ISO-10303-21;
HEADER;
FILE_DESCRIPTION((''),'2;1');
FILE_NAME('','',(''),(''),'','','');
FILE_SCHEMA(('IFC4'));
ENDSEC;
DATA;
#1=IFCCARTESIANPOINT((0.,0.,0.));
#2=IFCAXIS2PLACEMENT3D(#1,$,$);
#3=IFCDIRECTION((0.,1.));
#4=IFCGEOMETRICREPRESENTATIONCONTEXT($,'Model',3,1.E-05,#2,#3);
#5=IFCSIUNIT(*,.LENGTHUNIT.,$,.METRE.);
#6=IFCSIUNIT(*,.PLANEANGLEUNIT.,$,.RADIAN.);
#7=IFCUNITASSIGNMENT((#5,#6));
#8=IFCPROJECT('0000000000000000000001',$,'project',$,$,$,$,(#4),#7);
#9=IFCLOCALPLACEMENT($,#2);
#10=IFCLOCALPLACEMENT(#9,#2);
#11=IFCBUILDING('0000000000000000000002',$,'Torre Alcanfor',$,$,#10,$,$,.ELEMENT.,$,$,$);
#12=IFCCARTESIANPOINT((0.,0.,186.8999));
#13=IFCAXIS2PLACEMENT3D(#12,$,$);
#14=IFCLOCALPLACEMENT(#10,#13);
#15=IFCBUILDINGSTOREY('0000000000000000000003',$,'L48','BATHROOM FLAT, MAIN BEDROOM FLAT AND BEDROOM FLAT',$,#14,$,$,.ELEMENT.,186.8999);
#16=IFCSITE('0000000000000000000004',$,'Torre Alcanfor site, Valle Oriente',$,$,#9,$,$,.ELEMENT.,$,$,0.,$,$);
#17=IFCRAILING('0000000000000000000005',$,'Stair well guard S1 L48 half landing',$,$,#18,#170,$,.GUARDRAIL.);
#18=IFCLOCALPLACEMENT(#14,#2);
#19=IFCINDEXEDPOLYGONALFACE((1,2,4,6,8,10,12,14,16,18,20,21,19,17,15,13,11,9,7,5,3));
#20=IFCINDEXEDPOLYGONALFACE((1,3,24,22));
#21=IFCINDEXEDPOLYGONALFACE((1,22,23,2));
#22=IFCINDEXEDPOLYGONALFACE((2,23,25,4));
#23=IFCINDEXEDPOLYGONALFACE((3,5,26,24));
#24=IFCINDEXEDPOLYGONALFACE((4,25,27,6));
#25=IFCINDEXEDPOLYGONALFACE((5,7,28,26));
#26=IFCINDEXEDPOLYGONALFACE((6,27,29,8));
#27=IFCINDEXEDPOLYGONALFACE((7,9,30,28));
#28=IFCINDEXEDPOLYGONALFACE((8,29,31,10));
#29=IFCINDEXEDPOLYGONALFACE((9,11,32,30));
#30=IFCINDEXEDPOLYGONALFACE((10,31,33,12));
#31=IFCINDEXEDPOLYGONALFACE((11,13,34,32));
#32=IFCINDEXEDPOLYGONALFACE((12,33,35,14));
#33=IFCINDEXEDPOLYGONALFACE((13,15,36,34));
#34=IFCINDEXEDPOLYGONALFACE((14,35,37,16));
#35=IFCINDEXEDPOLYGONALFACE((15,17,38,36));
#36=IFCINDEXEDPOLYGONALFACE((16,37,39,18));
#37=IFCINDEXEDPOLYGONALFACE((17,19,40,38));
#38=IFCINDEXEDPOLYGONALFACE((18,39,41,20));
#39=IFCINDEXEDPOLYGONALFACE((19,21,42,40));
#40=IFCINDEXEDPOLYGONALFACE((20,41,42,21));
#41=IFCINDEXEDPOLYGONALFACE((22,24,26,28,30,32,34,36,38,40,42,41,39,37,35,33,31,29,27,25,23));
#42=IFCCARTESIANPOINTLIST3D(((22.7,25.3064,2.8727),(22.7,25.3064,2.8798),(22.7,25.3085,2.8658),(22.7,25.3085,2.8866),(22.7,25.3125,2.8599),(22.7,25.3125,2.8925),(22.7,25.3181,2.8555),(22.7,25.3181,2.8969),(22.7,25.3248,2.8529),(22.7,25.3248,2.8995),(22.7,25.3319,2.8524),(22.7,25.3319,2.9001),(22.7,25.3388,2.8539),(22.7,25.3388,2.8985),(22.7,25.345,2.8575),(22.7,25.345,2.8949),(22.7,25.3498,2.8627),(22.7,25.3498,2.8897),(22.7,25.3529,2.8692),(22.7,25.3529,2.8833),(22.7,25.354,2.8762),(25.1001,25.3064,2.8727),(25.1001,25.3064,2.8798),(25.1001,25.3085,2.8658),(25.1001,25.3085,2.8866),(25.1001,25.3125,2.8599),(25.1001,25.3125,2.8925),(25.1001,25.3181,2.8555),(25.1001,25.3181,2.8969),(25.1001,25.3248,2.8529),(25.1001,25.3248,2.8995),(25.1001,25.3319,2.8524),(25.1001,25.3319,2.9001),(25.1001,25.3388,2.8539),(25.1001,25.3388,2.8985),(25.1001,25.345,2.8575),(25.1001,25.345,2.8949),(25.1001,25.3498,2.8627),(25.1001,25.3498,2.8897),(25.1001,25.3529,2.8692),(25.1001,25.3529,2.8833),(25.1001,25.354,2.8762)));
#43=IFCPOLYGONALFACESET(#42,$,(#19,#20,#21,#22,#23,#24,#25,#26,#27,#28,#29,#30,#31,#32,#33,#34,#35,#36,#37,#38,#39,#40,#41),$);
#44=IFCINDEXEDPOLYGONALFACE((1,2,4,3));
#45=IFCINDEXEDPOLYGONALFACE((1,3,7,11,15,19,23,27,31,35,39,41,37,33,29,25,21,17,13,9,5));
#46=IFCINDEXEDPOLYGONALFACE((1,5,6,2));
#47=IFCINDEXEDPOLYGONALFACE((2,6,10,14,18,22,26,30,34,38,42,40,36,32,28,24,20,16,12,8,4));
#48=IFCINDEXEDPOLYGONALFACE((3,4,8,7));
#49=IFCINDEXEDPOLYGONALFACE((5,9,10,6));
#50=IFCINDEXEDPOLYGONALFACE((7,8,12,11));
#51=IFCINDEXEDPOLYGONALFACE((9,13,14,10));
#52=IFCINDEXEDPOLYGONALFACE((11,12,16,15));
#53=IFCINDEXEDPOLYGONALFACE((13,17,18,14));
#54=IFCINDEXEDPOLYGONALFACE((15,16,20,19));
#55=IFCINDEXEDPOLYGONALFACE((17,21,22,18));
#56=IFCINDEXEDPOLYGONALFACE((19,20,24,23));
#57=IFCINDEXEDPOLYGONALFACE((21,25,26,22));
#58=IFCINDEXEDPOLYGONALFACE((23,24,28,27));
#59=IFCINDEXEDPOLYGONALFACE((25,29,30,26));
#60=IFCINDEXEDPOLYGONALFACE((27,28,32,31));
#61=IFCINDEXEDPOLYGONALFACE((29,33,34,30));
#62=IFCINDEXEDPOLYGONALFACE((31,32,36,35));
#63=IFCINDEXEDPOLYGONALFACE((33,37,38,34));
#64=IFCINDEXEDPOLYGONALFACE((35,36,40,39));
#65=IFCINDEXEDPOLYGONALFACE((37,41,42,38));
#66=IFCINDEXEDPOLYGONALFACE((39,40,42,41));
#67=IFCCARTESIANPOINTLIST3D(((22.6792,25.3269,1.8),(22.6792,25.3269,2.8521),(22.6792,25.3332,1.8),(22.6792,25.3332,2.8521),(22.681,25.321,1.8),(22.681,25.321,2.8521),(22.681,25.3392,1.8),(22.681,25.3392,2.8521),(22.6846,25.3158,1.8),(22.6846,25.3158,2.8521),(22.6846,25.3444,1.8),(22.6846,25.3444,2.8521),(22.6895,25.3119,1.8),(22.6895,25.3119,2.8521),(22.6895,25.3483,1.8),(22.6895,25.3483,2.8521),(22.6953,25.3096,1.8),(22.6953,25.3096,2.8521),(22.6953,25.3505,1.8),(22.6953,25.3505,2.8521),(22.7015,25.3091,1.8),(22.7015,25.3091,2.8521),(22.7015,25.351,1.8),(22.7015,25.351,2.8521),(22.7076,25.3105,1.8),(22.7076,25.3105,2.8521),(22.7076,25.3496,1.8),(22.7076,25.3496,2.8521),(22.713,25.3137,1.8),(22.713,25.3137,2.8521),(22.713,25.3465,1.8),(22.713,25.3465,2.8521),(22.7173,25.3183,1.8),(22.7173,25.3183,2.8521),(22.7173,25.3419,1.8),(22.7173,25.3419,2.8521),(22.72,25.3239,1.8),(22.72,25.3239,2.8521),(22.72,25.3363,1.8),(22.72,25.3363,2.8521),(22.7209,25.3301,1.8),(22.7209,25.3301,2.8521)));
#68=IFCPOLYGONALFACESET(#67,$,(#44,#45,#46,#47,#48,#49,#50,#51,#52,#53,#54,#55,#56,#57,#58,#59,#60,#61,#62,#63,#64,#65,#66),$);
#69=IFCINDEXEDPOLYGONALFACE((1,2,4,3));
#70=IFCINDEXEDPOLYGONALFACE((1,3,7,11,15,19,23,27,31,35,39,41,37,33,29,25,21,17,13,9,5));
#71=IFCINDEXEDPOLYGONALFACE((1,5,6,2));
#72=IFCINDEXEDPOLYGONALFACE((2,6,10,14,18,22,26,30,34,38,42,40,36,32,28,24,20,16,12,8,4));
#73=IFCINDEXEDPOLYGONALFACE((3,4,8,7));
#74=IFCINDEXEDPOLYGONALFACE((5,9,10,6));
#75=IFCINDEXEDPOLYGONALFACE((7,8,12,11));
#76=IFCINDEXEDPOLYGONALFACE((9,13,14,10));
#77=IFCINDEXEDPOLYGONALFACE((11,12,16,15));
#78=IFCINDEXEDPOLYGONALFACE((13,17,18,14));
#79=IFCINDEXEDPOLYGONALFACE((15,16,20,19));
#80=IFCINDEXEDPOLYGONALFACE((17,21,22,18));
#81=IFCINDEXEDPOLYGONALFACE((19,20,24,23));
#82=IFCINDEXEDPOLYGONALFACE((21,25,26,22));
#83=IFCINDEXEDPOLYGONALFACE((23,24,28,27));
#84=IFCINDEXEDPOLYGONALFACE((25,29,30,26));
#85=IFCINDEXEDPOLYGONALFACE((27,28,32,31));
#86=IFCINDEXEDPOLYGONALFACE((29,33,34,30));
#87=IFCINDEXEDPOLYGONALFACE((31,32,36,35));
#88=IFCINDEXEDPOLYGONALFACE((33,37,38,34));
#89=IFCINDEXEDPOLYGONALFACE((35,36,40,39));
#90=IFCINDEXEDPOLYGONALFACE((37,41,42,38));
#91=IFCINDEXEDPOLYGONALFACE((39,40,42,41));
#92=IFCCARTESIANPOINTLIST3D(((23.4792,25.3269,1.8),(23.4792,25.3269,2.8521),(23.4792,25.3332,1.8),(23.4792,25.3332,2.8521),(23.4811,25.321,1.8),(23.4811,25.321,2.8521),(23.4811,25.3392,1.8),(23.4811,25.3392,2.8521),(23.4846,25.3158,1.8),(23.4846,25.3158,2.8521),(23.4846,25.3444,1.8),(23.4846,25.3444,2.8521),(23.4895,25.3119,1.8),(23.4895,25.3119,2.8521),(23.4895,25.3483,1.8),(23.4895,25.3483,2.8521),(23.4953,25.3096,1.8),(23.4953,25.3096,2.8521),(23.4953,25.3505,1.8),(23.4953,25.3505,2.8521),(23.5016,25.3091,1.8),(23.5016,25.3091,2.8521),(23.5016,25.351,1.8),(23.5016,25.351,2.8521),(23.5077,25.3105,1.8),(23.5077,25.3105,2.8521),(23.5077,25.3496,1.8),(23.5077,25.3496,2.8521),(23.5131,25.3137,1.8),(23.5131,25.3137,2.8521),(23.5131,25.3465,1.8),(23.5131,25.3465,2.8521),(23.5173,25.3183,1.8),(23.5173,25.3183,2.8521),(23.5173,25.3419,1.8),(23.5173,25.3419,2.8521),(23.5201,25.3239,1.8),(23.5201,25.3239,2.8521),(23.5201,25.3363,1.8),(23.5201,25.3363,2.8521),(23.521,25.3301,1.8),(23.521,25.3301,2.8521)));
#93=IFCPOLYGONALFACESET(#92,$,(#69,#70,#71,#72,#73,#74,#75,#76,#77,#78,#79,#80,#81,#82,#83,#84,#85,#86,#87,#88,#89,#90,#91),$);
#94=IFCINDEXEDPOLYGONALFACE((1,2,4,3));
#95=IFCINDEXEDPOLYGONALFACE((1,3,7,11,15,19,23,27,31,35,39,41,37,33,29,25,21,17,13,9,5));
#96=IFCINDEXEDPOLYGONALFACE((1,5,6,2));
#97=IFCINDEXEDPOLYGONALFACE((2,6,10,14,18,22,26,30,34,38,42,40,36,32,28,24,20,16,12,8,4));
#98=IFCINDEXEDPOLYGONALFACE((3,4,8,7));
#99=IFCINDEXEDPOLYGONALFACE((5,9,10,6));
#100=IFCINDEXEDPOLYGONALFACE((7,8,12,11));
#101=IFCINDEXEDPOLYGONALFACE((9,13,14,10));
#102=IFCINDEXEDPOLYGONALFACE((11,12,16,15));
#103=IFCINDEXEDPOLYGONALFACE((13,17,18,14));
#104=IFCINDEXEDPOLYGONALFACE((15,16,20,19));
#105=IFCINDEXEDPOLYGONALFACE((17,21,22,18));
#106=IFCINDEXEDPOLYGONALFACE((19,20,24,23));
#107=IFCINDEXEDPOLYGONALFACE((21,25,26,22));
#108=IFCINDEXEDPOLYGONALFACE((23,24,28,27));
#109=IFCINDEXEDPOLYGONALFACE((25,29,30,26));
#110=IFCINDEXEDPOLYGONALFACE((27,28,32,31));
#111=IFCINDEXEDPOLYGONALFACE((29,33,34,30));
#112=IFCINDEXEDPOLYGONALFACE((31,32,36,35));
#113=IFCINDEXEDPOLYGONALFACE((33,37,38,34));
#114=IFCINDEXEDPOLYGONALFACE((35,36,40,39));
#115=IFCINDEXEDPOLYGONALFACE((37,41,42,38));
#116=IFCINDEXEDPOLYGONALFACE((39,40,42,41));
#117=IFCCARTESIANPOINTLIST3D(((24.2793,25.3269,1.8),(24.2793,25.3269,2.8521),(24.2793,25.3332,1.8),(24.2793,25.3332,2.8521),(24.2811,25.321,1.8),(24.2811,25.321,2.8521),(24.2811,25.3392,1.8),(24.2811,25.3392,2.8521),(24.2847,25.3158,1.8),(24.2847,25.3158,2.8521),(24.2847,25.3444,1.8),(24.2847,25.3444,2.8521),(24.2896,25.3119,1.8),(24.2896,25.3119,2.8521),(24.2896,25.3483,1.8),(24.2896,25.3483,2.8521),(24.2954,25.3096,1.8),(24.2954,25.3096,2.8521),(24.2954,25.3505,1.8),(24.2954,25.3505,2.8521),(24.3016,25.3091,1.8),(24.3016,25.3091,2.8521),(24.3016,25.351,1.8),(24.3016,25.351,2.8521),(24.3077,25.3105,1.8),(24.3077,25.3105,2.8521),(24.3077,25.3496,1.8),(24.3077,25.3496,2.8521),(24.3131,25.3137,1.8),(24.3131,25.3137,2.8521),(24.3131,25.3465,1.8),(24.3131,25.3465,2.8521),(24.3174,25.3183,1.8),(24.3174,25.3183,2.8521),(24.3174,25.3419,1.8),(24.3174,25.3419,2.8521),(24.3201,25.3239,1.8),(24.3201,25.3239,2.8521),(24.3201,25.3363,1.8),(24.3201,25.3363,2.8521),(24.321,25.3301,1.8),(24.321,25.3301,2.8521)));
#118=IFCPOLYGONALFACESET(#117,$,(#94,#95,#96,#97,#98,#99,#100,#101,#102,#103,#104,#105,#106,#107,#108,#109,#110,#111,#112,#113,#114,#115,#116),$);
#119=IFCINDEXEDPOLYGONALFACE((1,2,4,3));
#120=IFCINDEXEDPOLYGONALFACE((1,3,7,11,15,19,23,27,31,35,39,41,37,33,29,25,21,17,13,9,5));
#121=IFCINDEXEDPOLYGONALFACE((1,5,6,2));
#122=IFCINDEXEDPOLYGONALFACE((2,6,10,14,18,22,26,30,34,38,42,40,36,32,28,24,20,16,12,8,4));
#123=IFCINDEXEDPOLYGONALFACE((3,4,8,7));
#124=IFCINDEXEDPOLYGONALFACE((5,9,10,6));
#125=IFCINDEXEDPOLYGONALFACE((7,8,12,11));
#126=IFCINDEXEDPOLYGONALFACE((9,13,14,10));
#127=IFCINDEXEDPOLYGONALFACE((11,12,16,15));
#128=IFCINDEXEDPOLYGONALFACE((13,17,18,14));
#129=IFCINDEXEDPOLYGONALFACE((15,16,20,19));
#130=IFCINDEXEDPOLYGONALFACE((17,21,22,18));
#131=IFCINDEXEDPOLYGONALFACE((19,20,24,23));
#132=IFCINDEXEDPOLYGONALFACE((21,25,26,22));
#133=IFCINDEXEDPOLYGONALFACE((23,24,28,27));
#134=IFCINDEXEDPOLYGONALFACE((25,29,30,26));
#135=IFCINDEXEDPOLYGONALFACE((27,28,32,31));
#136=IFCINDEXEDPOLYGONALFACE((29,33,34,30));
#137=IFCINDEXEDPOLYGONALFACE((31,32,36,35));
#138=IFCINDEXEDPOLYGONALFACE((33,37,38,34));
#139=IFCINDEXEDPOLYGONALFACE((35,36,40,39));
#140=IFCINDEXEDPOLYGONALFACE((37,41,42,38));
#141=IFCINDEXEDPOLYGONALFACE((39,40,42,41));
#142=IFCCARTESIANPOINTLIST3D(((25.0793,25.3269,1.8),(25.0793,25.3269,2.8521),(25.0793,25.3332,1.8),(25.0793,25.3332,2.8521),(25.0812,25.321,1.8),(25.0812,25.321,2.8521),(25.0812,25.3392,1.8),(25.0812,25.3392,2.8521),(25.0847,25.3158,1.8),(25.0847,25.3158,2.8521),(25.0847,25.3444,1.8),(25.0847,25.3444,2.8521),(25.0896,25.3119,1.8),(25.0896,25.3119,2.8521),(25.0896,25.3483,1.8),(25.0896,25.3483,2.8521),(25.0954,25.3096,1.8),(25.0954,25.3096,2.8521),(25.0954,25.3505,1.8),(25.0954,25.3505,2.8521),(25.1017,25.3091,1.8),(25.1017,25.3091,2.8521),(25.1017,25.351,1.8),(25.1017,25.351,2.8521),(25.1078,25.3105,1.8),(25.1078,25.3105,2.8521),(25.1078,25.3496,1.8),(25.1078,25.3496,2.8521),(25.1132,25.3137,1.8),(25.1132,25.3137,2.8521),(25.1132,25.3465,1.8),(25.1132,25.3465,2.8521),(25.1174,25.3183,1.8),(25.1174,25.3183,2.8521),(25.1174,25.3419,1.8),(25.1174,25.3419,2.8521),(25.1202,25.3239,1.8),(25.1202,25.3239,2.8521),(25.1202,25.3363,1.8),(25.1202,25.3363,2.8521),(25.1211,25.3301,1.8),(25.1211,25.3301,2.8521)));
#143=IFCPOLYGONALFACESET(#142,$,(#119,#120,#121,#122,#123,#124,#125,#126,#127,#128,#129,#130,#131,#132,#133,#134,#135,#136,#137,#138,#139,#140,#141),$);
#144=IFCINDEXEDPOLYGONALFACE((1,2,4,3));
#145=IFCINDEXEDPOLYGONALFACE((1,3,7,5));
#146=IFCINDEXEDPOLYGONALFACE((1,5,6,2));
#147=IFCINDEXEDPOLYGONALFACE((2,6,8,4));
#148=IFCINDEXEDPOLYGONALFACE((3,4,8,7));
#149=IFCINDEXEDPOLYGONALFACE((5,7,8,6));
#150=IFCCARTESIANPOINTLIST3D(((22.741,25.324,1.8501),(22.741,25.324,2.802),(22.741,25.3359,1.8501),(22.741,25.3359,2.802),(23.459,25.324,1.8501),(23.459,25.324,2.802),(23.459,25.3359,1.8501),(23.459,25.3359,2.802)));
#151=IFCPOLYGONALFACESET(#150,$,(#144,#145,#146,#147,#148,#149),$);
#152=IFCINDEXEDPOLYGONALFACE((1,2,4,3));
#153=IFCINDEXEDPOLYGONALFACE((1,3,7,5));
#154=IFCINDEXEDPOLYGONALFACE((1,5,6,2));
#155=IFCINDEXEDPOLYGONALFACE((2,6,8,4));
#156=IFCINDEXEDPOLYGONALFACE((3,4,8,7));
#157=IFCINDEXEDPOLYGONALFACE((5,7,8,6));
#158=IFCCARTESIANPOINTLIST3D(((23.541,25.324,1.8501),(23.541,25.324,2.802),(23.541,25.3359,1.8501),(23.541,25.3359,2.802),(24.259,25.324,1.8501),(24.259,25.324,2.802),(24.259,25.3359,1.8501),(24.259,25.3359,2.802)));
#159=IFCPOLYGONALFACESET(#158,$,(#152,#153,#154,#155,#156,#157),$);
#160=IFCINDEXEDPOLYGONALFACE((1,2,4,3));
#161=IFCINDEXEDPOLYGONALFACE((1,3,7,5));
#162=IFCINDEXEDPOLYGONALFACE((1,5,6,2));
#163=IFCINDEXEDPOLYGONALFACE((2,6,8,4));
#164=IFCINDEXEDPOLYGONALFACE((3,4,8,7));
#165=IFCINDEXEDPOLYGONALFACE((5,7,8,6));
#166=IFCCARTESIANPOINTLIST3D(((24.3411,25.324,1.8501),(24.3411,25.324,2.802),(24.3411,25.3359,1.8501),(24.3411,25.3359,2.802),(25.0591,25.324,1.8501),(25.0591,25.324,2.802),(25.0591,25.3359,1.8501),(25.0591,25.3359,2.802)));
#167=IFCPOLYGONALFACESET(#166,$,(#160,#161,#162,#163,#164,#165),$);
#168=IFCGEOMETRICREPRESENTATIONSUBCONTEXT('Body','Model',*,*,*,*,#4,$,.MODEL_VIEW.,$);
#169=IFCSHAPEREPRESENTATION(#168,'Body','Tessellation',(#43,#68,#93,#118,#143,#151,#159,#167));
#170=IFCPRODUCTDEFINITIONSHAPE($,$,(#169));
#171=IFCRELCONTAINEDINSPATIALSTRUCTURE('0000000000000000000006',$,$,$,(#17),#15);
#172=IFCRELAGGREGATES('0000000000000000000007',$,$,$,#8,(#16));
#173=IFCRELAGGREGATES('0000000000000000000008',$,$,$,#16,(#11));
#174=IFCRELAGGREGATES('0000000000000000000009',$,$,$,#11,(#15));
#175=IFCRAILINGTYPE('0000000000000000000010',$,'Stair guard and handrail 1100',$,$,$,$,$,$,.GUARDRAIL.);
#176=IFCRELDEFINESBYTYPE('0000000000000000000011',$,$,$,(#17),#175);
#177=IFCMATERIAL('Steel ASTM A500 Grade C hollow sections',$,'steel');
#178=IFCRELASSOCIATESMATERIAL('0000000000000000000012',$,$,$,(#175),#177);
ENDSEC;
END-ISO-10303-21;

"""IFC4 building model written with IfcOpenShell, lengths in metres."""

from ifc_helpers import new_model, si_unit, direction, frame, origin, origin_2d, place, context, subcontext, project, spatial, polyline, circle, outline, extrude, material, type_object, element, save


model = new_model("IFC4")

# Units and contexts
model_context = context("Model", 3, precision=1e-05, world=origin(), true_north=direction((0.0, 1.0)))
body_context = subcontext(model_context, "Body", "Model", "MODEL_VIEW")
ifc_project = project(units=[si_unit("LENGTHUNIT", "METRE"), si_unit("PLANEANGLEUNIT", "RADIAN")], contexts=[model_context])

# Site, building, storey
site_placement = place(None, origin())
site = spatial("IfcSite", under=ifc_project, at=site_placement, Name="Torre Alcanfor site, Valle Oriente", CompositionType="ELEMENT", RefElevation=0.0)
building_placement = place(site_placement, origin())
building = spatial("IfcBuilding", under=site, at=building_placement, Name="Torre Alcanfor", CompositionType="ELEMENT")
storey_placement = place(building_placement, frame((0.0, 0.0, 186.8999)))
storey = spatial("IfcBuildingStorey", under=building, at=storey_placement, Name="L48", Description="BATHROOM FLAT, MAIN BEDROOM FLAT AND BEDROOM FLAT", CompositionType="ELEMENT", Elevation=186.8999)

# Railing
ifc_material_1 = material(Name="Steel ASTM A500 Grade C hollow sections", Category="steel")
railing_type_1 = type_object("IfcRailingType", Name="Stair guard and handrail 1100", PredefinedType="GUARDRAIL", material=ifc_material_1)
railing_1_placement = place(storey_placement, frame((22.7, 25.3301, 1.8)))
element("IfcRailing", 1, at=railing_1_placement, inside=storey, type_object=railing_type_1, Name="Stair well guard S1 L48 half landing", PredefinedType="GUARDRAIL", context=body_context, shape_type="SweptSolid", body=[
    extrude(circle(Radius=0.0239, at=origin_2d()), frame((0.0, 0.0, 1.0762), z_axis=(1.0, 0.0, 0.0), x_axis=(0.0, 1.0, 0.0)), (0.0, 0.0, 1.0), 2.4001),
    extrude(circle(Radius=0.021, at=origin_2d()), origin(), (0.0, 0.0, 1.0), 1.052),
    extrude(circle(Radius=0.021, at=origin_2d()), frame((0.8, 0.0, 0.0)), (0.0, 0.0, 1.0), 1.052),
    extrude(circle(Radius=0.021, at=origin_2d()), frame((1.6001, 0.0, 0.0)), (0.0, 0.0, 1.0), 1.052),
    extrude(circle(Radius=0.021, at=origin_2d()), frame((2.4001, 0.0, 0.0)), (0.0, 0.0, 1.0), 1.052),
    extrude(outline(polyline([(0.041, 0.05), (0.759, 0.05), (0.759, 1.002), (0.041, 1.002), (0.041, 0.05)])), frame((0.0, 0.0059, 0.0), z_axis=(0.0, -1.0, 0.0), x_axis=(1.0, 0.0, 0.0)), (0.0, 0.0, 1.0), 0.012),
    extrude(outline(polyline([(0.8411, 0.05), (1.5591, 0.05), (1.5591, 1.002), (0.8411, 1.002), (0.8411, 0.05)])), frame((0.0, 0.0059, 0.0), z_axis=(0.0, -1.0, 0.0), x_axis=(1.0, 0.0, 0.0)), (0.0, 0.0, 1.0), 0.012),
    extrude(outline(polyline([(1.6411, 0.05), (2.3591, 0.05), (2.3591, 1.002), (1.6411, 1.002), (1.6411, 0.05)])), frame((0.0, 0.0059, 0.0), z_axis=(0.0, -1.0, 0.0), x_axis=(1.0, 0.0, 0.0)), (0.0, 0.0, 1.0), 0.012),
])

save(model, "model.ifc")
